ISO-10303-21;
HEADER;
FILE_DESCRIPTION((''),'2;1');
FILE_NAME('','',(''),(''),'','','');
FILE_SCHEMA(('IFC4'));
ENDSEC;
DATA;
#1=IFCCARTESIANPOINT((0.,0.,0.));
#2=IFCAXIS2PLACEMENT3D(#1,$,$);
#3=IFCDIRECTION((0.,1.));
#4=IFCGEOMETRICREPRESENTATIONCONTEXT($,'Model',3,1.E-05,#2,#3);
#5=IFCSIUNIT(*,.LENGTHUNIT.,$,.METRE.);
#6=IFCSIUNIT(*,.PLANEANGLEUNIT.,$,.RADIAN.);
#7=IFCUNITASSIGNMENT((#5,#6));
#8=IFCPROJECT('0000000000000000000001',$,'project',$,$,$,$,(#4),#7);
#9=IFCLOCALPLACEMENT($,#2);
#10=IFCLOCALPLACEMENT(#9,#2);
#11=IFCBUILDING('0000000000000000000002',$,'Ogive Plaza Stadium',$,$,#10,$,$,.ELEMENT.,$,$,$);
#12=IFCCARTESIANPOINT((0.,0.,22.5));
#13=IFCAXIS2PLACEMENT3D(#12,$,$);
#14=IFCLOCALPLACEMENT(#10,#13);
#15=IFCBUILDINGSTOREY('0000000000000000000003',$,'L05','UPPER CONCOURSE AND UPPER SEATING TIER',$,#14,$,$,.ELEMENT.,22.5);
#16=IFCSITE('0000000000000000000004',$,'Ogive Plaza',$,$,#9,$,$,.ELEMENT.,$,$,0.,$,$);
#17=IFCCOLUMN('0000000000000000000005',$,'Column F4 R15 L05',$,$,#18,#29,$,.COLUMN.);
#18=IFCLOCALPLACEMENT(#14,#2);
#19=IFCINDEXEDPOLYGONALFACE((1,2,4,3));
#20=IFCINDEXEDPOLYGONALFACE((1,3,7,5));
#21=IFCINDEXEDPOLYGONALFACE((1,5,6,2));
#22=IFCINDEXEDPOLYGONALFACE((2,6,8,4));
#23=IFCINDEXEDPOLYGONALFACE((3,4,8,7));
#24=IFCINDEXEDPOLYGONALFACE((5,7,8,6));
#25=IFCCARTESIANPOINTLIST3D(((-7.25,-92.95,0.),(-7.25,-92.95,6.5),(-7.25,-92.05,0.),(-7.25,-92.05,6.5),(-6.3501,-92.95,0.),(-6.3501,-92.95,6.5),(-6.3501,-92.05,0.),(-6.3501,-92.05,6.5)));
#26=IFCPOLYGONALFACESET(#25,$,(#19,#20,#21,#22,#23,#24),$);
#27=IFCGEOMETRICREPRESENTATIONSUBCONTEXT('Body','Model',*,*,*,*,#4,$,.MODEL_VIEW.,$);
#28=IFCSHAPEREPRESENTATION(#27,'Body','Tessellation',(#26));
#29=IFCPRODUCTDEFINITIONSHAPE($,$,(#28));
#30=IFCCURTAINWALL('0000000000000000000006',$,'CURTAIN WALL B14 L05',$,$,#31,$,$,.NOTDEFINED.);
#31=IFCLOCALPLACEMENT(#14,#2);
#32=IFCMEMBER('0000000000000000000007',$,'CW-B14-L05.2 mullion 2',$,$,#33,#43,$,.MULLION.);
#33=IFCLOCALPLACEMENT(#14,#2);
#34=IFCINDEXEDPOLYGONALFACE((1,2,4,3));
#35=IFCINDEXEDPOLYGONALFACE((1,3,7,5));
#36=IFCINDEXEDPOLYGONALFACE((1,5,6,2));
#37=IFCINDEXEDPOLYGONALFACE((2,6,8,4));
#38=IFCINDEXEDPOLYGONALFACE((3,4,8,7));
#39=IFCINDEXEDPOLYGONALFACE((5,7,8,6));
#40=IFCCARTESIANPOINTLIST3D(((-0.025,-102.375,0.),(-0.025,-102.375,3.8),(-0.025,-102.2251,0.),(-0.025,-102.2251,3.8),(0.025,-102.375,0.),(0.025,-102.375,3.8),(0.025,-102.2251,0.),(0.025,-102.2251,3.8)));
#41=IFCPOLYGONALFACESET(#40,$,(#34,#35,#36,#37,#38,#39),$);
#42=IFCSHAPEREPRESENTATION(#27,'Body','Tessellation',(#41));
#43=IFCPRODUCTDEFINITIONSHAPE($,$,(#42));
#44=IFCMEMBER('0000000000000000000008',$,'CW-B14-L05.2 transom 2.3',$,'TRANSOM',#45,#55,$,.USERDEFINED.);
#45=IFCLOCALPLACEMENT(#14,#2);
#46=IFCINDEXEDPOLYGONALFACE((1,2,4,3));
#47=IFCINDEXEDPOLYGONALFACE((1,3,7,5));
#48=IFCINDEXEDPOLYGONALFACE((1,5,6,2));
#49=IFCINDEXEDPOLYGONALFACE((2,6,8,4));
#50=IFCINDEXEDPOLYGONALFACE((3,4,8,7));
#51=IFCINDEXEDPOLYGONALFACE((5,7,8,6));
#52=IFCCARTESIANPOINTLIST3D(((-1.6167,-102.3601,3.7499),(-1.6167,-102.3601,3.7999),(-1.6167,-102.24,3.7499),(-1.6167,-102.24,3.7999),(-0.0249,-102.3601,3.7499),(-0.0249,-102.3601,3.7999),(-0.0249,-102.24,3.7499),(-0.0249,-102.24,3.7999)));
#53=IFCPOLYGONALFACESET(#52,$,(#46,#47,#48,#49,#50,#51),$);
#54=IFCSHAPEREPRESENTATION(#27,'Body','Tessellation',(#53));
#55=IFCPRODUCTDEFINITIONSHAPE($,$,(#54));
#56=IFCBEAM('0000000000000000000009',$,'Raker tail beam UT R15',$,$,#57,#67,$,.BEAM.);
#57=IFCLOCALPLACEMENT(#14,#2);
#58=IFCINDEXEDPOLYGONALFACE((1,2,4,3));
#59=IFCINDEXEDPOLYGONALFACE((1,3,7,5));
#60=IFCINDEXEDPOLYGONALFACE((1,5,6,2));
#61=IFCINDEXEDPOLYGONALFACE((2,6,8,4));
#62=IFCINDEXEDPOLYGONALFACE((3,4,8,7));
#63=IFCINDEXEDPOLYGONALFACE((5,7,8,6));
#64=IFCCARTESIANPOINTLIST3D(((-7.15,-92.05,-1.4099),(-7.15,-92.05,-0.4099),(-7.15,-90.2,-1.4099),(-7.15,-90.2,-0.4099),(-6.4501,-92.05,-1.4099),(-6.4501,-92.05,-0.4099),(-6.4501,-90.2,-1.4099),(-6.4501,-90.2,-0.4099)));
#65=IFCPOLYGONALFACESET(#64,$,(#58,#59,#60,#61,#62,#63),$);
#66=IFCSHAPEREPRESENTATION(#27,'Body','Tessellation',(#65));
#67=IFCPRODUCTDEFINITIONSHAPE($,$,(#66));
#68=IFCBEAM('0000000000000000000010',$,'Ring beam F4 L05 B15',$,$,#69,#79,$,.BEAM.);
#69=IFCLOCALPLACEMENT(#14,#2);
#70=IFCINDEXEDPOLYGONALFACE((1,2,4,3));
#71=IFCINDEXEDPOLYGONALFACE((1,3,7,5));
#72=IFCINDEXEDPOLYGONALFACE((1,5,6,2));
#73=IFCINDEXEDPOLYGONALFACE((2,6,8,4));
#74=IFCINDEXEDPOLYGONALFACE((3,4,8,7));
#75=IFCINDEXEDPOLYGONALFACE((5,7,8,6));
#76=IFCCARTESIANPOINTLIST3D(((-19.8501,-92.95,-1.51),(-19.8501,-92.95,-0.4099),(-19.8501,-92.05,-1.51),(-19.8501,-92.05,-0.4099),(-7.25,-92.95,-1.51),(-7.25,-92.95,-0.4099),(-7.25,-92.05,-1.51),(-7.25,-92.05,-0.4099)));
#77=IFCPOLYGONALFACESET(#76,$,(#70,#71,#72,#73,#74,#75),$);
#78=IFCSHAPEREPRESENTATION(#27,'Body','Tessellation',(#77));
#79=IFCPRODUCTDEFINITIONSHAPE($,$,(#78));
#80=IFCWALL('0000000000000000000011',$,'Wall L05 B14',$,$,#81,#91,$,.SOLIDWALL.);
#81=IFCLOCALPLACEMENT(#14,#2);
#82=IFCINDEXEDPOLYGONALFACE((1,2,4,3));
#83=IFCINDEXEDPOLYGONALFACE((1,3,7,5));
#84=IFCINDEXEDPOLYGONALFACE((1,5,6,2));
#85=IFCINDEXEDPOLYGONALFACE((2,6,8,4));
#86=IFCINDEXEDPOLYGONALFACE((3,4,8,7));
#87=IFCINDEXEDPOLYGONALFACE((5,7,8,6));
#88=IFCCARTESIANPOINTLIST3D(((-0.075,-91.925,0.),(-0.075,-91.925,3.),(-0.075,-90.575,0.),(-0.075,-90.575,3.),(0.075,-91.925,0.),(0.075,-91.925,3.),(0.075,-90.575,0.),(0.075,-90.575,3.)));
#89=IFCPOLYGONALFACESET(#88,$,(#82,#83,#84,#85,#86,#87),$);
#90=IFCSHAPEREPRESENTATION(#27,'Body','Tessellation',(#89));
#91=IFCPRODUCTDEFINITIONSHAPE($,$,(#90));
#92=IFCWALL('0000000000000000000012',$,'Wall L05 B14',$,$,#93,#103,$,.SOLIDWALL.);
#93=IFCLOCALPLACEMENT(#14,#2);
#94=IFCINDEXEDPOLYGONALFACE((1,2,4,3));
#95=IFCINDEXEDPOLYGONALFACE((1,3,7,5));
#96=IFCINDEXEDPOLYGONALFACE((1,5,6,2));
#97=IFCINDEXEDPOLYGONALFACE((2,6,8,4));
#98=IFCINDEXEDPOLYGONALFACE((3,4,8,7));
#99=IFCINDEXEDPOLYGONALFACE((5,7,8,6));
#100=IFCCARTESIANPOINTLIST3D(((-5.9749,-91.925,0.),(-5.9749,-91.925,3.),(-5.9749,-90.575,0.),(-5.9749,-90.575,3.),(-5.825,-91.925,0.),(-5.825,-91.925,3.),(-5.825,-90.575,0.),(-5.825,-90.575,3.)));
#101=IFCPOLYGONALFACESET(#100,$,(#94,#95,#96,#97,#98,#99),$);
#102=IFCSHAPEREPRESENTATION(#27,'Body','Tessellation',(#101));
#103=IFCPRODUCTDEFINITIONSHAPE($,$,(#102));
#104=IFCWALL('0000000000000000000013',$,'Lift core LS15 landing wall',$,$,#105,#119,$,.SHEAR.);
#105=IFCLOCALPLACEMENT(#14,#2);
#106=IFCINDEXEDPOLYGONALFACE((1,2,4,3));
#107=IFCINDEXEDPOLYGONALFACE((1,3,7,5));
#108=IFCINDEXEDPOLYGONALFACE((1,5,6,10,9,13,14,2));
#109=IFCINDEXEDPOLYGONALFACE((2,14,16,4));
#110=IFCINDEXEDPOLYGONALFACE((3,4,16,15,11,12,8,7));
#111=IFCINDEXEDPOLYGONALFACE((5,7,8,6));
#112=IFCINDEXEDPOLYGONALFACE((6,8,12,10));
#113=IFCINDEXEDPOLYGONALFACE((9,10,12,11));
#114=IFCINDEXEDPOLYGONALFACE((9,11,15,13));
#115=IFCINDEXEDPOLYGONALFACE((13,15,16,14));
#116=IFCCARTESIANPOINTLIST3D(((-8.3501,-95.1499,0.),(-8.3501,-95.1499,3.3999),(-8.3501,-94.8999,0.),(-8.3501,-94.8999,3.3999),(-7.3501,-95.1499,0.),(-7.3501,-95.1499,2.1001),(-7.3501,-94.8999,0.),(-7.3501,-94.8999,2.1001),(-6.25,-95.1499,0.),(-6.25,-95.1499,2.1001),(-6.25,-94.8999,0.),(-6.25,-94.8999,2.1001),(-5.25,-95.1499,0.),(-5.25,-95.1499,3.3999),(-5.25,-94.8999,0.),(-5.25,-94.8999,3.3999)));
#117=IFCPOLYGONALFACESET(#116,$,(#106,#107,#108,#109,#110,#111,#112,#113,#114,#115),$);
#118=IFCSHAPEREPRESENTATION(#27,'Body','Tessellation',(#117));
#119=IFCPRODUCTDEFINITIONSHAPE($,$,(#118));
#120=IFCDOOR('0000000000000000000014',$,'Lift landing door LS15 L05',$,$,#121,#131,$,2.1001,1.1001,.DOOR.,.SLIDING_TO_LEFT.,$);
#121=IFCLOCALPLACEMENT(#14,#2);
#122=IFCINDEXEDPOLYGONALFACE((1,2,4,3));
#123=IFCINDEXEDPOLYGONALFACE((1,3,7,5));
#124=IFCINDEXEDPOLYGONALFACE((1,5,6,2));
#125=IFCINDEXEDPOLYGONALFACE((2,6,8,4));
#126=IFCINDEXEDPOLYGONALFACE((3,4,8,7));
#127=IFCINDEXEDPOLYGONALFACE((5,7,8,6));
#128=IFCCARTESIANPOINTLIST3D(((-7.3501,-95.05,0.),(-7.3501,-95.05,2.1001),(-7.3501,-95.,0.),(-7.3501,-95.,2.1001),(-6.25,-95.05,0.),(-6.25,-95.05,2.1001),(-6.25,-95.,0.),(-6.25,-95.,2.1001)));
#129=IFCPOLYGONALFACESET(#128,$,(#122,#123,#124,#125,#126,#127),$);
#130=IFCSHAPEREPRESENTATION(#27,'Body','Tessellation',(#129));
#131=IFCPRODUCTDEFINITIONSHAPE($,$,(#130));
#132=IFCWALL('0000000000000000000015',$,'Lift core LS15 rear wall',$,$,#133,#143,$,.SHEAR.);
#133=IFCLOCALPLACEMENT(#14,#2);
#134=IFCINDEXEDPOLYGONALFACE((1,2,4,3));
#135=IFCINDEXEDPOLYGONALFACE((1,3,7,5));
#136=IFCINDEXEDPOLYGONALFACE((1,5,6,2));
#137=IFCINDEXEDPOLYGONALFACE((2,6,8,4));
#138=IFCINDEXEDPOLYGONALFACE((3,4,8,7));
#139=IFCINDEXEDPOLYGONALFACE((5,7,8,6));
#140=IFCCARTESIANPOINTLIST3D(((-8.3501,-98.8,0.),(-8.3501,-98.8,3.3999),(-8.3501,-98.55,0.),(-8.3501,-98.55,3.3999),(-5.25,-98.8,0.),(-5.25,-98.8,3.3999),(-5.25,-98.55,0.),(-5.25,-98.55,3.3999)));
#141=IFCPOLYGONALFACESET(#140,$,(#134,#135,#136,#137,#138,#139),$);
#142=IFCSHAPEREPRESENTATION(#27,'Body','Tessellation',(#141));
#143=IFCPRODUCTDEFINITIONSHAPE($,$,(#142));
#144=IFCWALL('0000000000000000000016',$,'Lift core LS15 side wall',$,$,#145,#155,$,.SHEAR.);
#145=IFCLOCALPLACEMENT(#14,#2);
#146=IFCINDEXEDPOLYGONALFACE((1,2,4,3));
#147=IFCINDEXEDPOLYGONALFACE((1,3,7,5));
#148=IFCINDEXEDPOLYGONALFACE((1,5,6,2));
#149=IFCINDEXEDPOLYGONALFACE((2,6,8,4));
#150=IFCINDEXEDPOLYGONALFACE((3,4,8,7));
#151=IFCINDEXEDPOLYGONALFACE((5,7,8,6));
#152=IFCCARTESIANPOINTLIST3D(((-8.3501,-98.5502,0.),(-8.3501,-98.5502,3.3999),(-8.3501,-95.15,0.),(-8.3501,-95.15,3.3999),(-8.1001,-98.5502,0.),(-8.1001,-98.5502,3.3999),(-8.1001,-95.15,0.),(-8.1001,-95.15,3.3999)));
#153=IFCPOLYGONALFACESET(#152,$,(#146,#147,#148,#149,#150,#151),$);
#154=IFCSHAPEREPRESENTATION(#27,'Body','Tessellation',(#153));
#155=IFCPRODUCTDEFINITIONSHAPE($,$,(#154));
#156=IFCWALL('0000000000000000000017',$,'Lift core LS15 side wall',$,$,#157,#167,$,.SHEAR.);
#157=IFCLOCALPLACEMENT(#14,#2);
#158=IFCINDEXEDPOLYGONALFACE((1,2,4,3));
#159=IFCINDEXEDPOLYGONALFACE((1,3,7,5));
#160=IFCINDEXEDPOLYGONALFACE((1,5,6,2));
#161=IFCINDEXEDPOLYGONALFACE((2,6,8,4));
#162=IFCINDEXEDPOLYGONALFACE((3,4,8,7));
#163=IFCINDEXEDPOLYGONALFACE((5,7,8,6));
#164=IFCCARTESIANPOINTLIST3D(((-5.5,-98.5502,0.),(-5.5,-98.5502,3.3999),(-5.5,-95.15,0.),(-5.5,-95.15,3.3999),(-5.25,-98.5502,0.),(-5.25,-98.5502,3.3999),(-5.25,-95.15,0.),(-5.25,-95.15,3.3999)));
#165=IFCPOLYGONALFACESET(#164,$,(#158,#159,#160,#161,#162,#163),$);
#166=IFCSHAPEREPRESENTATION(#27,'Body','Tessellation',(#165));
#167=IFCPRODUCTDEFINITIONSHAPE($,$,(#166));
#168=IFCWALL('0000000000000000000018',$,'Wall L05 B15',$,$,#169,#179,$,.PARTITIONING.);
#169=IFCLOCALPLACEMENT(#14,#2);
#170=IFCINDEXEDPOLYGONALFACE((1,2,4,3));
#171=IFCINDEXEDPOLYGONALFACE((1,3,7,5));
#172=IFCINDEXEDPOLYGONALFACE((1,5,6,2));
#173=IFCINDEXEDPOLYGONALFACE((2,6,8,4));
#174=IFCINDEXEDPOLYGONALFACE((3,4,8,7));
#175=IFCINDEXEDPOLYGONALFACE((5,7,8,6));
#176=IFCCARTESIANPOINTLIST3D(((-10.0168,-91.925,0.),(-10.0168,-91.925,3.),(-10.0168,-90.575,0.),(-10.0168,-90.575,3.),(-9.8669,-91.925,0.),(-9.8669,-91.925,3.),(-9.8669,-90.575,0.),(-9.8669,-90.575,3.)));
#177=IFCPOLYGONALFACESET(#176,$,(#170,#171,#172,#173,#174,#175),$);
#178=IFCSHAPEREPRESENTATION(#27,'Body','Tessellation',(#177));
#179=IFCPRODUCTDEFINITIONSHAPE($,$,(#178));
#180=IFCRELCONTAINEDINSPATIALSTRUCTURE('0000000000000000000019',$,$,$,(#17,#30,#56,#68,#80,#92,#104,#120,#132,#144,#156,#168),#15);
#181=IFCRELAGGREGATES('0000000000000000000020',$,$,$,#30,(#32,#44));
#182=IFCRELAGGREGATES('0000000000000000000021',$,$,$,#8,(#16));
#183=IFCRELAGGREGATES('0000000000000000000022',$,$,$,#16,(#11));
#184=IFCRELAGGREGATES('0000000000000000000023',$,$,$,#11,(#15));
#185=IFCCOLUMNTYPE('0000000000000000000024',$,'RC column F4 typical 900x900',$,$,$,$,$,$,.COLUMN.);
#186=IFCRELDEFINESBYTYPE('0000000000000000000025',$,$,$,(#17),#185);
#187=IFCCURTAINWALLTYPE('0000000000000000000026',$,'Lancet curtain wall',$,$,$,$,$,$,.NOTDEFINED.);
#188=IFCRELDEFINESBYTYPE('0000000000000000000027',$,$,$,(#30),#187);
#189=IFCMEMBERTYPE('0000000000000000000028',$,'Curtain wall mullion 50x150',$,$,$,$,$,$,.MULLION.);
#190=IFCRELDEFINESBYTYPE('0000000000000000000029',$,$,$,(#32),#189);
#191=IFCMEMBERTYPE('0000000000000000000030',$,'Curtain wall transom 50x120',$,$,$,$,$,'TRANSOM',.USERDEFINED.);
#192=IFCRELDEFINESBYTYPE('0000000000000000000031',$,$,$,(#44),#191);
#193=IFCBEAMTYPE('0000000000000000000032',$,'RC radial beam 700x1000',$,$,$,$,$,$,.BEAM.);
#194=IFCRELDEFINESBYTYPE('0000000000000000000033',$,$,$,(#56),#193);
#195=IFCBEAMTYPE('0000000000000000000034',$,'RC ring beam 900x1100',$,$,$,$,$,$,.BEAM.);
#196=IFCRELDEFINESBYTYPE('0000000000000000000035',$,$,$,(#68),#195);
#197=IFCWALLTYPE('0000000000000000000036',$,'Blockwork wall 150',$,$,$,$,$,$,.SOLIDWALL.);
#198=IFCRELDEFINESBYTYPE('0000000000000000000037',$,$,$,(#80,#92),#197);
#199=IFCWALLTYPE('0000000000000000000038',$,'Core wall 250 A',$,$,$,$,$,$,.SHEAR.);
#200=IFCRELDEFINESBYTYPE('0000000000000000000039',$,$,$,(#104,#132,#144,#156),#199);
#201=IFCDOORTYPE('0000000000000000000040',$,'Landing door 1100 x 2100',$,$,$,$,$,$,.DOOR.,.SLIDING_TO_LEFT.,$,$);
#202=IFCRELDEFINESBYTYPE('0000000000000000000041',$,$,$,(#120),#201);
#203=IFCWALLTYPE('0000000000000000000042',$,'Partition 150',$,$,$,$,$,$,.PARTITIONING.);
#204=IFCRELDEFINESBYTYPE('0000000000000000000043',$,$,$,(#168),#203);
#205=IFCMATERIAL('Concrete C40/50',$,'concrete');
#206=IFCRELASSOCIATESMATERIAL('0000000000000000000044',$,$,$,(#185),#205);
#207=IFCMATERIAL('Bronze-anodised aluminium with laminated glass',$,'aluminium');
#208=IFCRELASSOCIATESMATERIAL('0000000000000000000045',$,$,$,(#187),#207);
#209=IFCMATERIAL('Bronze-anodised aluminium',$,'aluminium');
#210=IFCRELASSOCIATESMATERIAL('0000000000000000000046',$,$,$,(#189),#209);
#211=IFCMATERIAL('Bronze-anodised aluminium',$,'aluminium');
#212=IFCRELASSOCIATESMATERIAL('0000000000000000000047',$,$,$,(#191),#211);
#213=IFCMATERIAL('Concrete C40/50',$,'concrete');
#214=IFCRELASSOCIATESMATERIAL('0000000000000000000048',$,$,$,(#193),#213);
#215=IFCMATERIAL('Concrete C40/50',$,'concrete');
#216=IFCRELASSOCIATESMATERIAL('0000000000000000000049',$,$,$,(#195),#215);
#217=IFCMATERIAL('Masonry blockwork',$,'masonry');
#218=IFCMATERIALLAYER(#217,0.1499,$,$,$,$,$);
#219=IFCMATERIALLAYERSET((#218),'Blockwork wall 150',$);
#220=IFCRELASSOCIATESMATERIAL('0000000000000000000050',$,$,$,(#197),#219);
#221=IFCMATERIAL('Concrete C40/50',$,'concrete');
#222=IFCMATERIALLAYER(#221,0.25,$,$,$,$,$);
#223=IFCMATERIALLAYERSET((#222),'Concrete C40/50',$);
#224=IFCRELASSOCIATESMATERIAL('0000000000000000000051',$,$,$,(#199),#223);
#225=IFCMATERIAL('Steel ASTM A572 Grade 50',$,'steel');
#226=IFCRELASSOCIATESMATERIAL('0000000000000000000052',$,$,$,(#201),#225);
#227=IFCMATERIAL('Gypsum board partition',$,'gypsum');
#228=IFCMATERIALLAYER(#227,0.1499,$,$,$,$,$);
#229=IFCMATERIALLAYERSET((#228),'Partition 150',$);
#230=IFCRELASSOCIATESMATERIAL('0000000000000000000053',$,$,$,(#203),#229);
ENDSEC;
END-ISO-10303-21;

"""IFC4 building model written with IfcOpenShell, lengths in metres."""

from ifc_helpers import new_model, si_unit, direction, frame, frame_2d, origin, origin_2d, place, context, subcontext, project, spatial, rectangle, extrude, material, layer, layer_set, material_profile, profile_set, type_object, element, fill, aggregate, save


model = new_model("IFC4")

# Units and contexts
model_context = context("Model", 3, precision=1e-05, world=origin(), true_north=direction((0.0, 1.0)))
body_context = subcontext(model_context, "Body", "Model", "MODEL_VIEW")
ifc_project = project(units=[si_unit("LENGTHUNIT", "METRE"), si_unit("PLANEANGLEUNIT", "RADIAN")], contexts=[model_context])

# Site, building, storey
site_placement = place(None, origin())
site = spatial("IfcSite", under=ifc_project, at=site_placement, Name="Ogive Plaza", CompositionType="ELEMENT", RefElevation=0.0)
building_placement = place(site_placement, origin())
building = spatial("IfcBuilding", under=site, at=building_placement, Name="Ogive Plaza Stadium", CompositionType="ELEMENT")
storey_placement = place(building_placement, frame((0.0, 0.0, 22.5)))
storey = spatial("IfcBuildingStorey", under=building, at=storey_placement, Name="L05", Description="UPPER CONCOURSE AND UPPER SEATING TIER", CompositionType="ELEMENT", Elevation=22.5)

# Column
ifc_material_1 = material(Name="Concrete C40/50", Category="concrete")
ifc_material_profile_1 = material_profile(ifc_material_1, rectangle(XDim=0.8999, YDim=0.8999, at=origin_2d()), Name="RC 900x900")
ifc_profile_set_1 = profile_set([ifc_material_profile_1], Name="Concrete C40/50")
column_type = type_object("IfcColumnType", Name="RC column F4 typical 900x900", PredefinedType="COLUMN", material=ifc_profile_set_1)
column_placement = place(storey_placement, frame((-6.8, -92.5, 0.0), z_axis=(0.0, 0.0, 1.0), x_axis=(1.0, 0.0, 0.0)))
element("IfcColumn", 1, at=column_placement, inside=storey, type_object=column_type, Name="Column F4 R15 L05", PredefinedType="COLUMN", context=body_context, shape_type="SweptSolid", body=[
    extrude(rectangle(XDim=0.8999, YDim=0.8999, at=origin_2d()), origin(), (0.0, 0.0, 1.0), 6.5),
])

# Curtain wall, members
ifc_material_2 = material(Name="Bronze-anodised aluminium with laminated glass", Category="aluminium")
curtain_wall_type = type_object("IfcCurtainWallType", Name="Lancet curtain wall", PredefinedType="NOTDEFINED", material=ifc_material_2)
curtain_wall_placement = place(storey_placement, origin())
curtain_wall = element("IfcCurtainWall", 2, at=curtain_wall_placement, inside=storey, type_object=curtain_wall_type, Name="CURTAIN WALL B14 L05", PredefinedType="NOTDEFINED")
ifc_material_3 = material(Name="Bronze-anodised aluminium", Category="aluminium")
ifc_material_profile_2 = material_profile(ifc_material_3, rectangle(XDim=0.1499, YDim=0.05, at=origin_2d()), Name="AL 150x50")
ifc_profile_set_2 = profile_set([ifc_material_profile_2], Name="Bronze-anodised aluminium")
member_type_1 = type_object("IfcMemberType", Name="Curtain wall mullion 50x150", PredefinedType="MULLION", material=ifc_profile_set_2)
member_1_placement = place(storey_placement, frame((0.0, -102.3, 0.0), z_axis=(0.0, 0.0, 1.0), x_axis=(0.0, -1.0, 0.0)))
member_1 = element("IfcMember", 3, at=member_1_placement, type_object=member_type_1, Name="CW-B14-L05.2 mullion 2", PredefinedType="MULLION", context=body_context, shape_type="SweptSolid", body=[
    extrude(rectangle(XDim=0.1499, YDim=0.05, at=origin_2d()), origin(), (0.0, 0.0, 1.0), 3.8),
])
ifc_material_4 = material(Name="Bronze-anodised aluminium", Category="aluminium")
ifc_material_profile_3 = material_profile(ifc_material_4, rectangle(XDim=0.1201, YDim=0.05, at=origin_2d()), Name="AL 120x50")
ifc_profile_set_3 = profile_set([ifc_material_profile_3], Name="Bronze-anodised aluminium")
member_type_2 = type_object("IfcMemberType", Name="Curtain wall transom 50x120", ElementType="TRANSOM", PredefinedType="USERDEFINED", material=ifc_profile_set_3)
member_2_placement = place(storey_placement, frame((-0.0249, -102.3, 3.7749), z_axis=(-1.0, 0.0, 0.0), x_axis=(0.0, -1.0, 0.0)))
member_2 = element("IfcMember", 4, at=member_2_placement, type_object=member_type_2, Name="CW-B14-L05.2 transom 2.3", ObjectType="TRANSOM", PredefinedType="USERDEFINED", context=body_context, shape_type="SweptSolid", body=[
    extrude(rectangle(XDim=0.1201, YDim=0.05, at=origin_2d()), origin(), (0.0, 0.0, 1.0), 1.5918),
])
aggregate(curtain_wall, [member_1, member_2])

# Beams
ifc_material_5 = material(Name="Concrete C40/50", Category="concrete")
ifc_material_profile_4 = material_profile(ifc_material_5, rectangle(XDim=0.7, YDim=1.0, at=origin_2d()), Name="RC 700x1000")
ifc_profile_set_4 = profile_set([ifc_material_profile_4], Name="Concrete C40/50")
beam_type_1 = type_object("IfcBeamType", Name="RC radial beam 700x1000", PredefinedType="BEAM", material=ifc_profile_set_4)
beam_1_placement = place(storey_placement, frame((-6.8, -90.2, -0.9099), z_axis=(0.0, -1.0, 0.0), x_axis=(1.0, 0.0, 0.0)))
element("IfcBeam", 5, at=beam_1_placement, inside=storey, type_object=beam_type_1, Name="Raker tail beam UT R15", PredefinedType="BEAM", context=body_context, shape_type="SweptSolid", body=[
    extrude(rectangle(XDim=0.7, YDim=1.0, at=origin_2d()), origin(), (0.0, 0.0, 1.0), 1.8501),
])
ifc_material_6 = material(Name="Concrete C40/50", Category="concrete")
ifc_material_profile_5 = material_profile(ifc_material_6, rectangle(XDim=0.8999, YDim=1.1001, at=origin_2d()), Name="RC 900x1100")
ifc_profile_set_5 = profile_set([ifc_material_profile_5], Name="Concrete C40/50")
beam_type_2 = type_object("IfcBeamType", Name="RC ring beam 900x1100", PredefinedType="BEAM", material=ifc_profile_set_5)
beam_2_placement = place(storey_placement, frame((-7.25, -92.5, -0.96), z_axis=(-1.0, 0.0, 0.0), x_axis=(0.0, -1.0, 0.0)))
element("IfcBeam", 6, at=beam_2_placement, inside=storey, type_object=beam_type_2, Name="Ring beam F4 L05 B15", PredefinedType="BEAM", context=body_context, shape_type="SweptSolid", body=[
    extrude(rectangle(XDim=0.8999, YDim=1.1001, at=origin_2d()), origin(), (0.0, 0.0, 1.0), 12.6001),
])

# Walls
ifc_material_7 = material(Name="Masonry blockwork", Category="masonry")
ifc_layer_1 = layer(ifc_material_7, 0.1499)
ifc_layer_set_1 = layer_set([ifc_layer_1], Name="Blockwork wall 150")
wall_type_1 = type_object("IfcWallType", Name="Blockwork wall 150", PredefinedType="SOLIDWALL", material=ifc_layer_set_1)
for number, where, z_axis, x_axis, name in (
    (7, (0.0, -90.575, 0.0), (0.0, 0.0, 1.0), (0.0, -1.0, 0.0), "Wall L05 B14"),
    (8, (-5.8999, -90.575, 0.0), (0.0, 0.0, 1.0), (0.0, -1.0, 0.0), "Wall L05 B14"),
):
    element("IfcWall", number, at=place(storey_placement, frame(where, z_axis=z_axis, x_axis=x_axis)), inside=storey, type_object=wall_type_1, Name=name, PredefinedType="SOLIDWALL", context=body_context, shape_type="SweptSolid", body=[
        extrude(rectangle(XDim=1.3501, YDim=0.1499, at=frame_2d((0.675, 0.0))), origin(), (0.0, 0.0, 1.0), 3.0),
    ])

# Wall, opening, door
ifc_material_8 = material(Name="Concrete C40/50", Category="concrete")
ifc_layer_2 = layer(ifc_material_8, 0.25)
ifc_layer_set_2 = layer_set([ifc_layer_2], Name="Concrete C40/50")
wall_type_2 = type_object("IfcWallType", Name="Core wall 250 A", PredefinedType="SHEAR", material=ifc_layer_set_2)
wall_1_placement = place(storey_placement, frame((-8.3501, -95.0249, 0.0), z_axis=(0.0, 0.0, 1.0), x_axis=(1.0, 0.0, 0.0)))
wall_1 = element("IfcWall", 9, at=wall_1_placement, inside=storey, type_object=wall_type_2, Name="Lift core LS15 landing wall", PredefinedType="SHEAR", context=body_context, shape_type="SweptSolid", body=[
    extrude(rectangle(XDim=3.1001, YDim=0.25, at=frame_2d((1.55, 0.0))), origin(), (0.0, 0.0, 1.0), 3.3999),
])
opening_placement = place(wall_1_placement, frame((1.0, 0.0, 0.0)))
opening = element("IfcOpeningElement", 10, at=opening_placement, cuts=wall_1, PredefinedType="OPENING", context=body_context, shape_type="SweptSolid", body=[
    extrude(rectangle(XDim=1.1001, YDim=2.1001, at=frame_2d((0.55, 1.05))), frame((0.0, 0.125, 0.0), z_axis=(0.0, -1.0, 0.0), x_axis=(1.0, 0.0, 0.0)), (0.0, 0.0, 1.0), 0.25),
])
ifc_material_9 = material(Name="Steel ASTM A572 Grade 50", Category="steel")
door_type = type_object("IfcDoorType", Name="Landing door 1100 x 2100", OperationType="SLIDING_TO_LEFT", PredefinedType="DOOR", material=ifc_material_9)
door_placement = place(opening_placement, origin())
door = element("IfcDoor", 11, at=door_placement, inside=storey, type_object=door_type, Name="Lift landing door LS15 L05", OperationType="SLIDING_TO_LEFT", OverallHeight=2.1001, OverallWidth=1.1001, PredefinedType="DOOR", context=body_context, shape_type="SweptSolid", body=[
    extrude(rectangle(XDim=1.1001, YDim=2.1001, at=frame_2d((0.55, 1.05))), frame((0.0, 0.0249, 0.0), z_axis=(0.0, -1.0, 0.0), x_axis=(1.0, 0.0, 0.0)), (0.0, 0.0, 1.0), 0.05),
])
fill(opening, door)

# Walls
wall_2_placement = place(storey_placement, frame((-8.3501, -98.675, 0.0), z_axis=(0.0, 0.0, 1.0), x_axis=(1.0, 0.0, 0.0)))
element("IfcWall", 12, at=wall_2_placement, inside=storey, type_object=wall_type_2, Name="Lift core LS15 rear wall", PredefinedType="SHEAR", context=body_context, shape_type="SweptSolid", body=[
    extrude(rectangle(XDim=3.1001, YDim=0.25, at=frame_2d((1.55, 0.0))), origin(), (0.0, 0.0, 1.0), 3.3999),
])
for number, where, z_axis, x_axis, name in (
    (13, (-8.2251, -95.1499, 0.0), (0.0, 0.0, 1.0), (0.0, -1.0, 0.0), "Lift core LS15 side wall"),
    (14, (-5.375, -95.1499, 0.0), (0.0, 0.0, 1.0), (0.0, -1.0, 0.0), "Lift core LS15 side wall"),
):
    element("IfcWall", number, at=place(storey_placement, frame(where, z_axis=z_axis, x_axis=x_axis)), inside=storey, type_object=wall_type_2, Name=name, PredefinedType="SHEAR", context=body_context, shape_type="SweptSolid", body=[
        extrude(rectangle(XDim=3.4001, YDim=0.25, at=frame_2d((1.7002, 0.0))), origin(), (0.0, 0.0, 1.0), 3.3999),
    ])
ifc_material_10 = material(Name="Gypsum board partition", Category="gypsum")
ifc_layer_3 = layer(ifc_material_10, 0.1499)
ifc_layer_set_3 = layer_set([ifc_layer_3], Name="Partition 150")
wall_type_3 = type_object("IfcWallType", Name="Partition 150", PredefinedType="PARTITIONING", material=ifc_layer_set_3)
for number, where, z_axis, x_axis, name in (
    (15, (-9.9419, -90.575, 0.0), (0.0, 0.0, 1.0), (0.0, -1.0, 0.0), "Wall L05 B15"),
):
    element("IfcWall", number, at=place(storey_placement, frame(where, z_axis=z_axis, x_axis=x_axis)), inside=storey, type_object=wall_type_3, Name=name, PredefinedType="PARTITIONING", context=body_context, shape_type="SweptSolid", body=[
        extrude(rectangle(XDim=1.3501, YDim=0.1499, at=frame_2d((0.675, 0.0))), origin(), (0.0, 0.0, 1.0), 3.0),
    ])

save(model, "model.ifc")
